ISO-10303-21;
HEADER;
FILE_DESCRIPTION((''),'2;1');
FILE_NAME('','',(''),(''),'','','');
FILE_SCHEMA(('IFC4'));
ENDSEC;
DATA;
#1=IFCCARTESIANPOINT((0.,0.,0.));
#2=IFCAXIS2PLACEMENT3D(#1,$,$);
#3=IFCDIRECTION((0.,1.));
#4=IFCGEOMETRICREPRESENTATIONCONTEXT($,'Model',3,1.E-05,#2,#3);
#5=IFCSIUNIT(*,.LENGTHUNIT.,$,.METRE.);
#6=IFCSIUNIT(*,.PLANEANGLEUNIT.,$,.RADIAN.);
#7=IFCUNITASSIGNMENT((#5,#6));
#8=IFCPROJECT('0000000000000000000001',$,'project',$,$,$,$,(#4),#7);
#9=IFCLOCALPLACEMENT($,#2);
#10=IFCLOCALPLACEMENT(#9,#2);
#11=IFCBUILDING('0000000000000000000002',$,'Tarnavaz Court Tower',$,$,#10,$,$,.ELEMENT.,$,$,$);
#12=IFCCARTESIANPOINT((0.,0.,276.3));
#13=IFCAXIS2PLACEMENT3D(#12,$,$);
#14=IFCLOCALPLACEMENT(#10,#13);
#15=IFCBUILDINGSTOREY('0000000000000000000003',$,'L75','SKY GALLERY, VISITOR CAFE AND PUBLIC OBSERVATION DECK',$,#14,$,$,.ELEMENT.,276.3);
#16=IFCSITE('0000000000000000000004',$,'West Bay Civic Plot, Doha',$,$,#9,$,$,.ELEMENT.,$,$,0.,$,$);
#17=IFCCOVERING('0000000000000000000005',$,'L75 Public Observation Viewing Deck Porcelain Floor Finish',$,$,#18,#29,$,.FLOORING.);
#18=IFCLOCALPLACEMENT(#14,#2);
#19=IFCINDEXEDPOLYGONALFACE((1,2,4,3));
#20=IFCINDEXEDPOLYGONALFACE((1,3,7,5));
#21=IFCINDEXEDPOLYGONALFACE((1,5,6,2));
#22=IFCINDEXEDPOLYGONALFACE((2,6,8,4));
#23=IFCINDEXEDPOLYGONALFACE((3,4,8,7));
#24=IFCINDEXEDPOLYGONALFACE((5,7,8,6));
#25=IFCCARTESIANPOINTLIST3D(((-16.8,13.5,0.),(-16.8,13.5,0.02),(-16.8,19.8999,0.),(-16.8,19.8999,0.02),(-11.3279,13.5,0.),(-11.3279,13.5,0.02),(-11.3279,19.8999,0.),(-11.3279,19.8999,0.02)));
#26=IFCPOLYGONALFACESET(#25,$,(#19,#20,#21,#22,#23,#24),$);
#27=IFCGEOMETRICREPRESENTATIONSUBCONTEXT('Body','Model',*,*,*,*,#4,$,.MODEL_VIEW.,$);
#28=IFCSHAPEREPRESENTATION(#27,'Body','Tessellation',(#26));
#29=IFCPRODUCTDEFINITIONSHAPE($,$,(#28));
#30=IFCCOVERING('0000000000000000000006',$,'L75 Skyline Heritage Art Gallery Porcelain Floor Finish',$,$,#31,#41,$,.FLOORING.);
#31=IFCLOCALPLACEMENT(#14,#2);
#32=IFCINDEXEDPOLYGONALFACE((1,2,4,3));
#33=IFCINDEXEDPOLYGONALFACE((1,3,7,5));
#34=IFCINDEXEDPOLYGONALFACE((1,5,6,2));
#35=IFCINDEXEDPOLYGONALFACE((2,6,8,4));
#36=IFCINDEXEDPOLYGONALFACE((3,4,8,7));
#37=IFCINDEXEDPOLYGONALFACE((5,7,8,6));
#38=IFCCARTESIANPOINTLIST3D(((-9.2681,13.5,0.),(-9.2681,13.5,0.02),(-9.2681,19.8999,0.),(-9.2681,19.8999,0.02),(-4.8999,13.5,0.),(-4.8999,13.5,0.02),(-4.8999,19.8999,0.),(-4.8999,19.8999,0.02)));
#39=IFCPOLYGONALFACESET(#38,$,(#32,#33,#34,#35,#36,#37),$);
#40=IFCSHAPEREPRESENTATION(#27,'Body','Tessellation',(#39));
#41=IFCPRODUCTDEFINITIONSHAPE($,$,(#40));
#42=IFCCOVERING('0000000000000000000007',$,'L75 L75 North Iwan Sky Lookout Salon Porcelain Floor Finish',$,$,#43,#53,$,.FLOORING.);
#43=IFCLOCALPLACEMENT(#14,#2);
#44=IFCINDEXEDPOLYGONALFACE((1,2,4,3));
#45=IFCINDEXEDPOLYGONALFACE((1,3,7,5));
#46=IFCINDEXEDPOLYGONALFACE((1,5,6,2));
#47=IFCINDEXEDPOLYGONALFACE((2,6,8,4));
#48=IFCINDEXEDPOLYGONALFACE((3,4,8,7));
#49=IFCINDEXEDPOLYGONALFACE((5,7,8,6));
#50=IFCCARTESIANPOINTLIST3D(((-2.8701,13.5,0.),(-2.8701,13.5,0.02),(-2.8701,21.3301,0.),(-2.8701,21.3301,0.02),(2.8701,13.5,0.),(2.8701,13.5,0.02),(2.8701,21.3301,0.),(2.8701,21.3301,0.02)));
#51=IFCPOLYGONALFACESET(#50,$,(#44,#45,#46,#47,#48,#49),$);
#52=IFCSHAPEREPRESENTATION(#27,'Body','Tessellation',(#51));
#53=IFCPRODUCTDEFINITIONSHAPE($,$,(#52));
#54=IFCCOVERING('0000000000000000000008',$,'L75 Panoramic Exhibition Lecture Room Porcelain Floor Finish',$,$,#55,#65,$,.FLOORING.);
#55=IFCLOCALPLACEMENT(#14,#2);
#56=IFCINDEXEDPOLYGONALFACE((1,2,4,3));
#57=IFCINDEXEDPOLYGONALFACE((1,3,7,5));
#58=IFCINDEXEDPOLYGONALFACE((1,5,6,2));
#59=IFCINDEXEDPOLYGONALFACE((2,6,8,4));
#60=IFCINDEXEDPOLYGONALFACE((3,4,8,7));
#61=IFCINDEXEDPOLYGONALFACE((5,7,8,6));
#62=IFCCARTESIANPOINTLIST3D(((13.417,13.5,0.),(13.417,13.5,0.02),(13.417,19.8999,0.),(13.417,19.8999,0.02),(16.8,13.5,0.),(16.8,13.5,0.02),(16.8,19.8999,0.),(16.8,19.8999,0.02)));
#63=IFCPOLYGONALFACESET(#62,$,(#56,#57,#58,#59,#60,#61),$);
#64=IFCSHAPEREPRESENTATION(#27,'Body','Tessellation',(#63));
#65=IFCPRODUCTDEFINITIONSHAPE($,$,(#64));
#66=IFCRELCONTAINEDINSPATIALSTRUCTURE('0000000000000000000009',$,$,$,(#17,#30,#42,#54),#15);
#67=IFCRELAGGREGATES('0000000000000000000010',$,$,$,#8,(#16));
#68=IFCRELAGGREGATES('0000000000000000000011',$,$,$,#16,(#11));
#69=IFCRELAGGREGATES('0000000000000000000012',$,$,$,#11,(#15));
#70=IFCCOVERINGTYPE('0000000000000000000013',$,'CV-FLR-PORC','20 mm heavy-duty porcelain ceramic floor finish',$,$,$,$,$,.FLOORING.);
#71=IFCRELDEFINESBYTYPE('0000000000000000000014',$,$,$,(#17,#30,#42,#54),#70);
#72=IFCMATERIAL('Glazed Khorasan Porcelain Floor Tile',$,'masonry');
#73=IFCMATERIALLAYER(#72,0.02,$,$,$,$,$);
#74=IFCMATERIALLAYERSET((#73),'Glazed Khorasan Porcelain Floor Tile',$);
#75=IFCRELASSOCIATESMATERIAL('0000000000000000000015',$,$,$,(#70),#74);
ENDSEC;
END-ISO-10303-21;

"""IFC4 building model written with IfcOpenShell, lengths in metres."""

from ifc_helpers import new_model, si_unit, direction, frame, origin, place, context, subcontext, project, spatial, polyline, outline, extrude, material, layer, layer_set, type_object, element, save


model = new_model("IFC4")

# Units and contexts
model_context = context("Model", 3, precision=1e-05, world=origin(), true_north=direction((0.0, 1.0)))
body_context = subcontext(model_context, "Body", "Model", "MODEL_VIEW")
ifc_project = project(units=[si_unit("LENGTHUNIT", "METRE"), si_unit("PLANEANGLEUNIT", "RADIAN")], contexts=[model_context])

# Site, building, storey
site_placement = place(None, origin())
site = spatial("IfcSite", under=ifc_project, at=site_placement, Name="West Bay Civic Plot, Doha", CompositionType="ELEMENT", RefElevation=0.0)
building_placement = place(site_placement, origin())
building = spatial("IfcBuilding", under=site, at=building_placement, Name="Tarnavaz Court Tower", CompositionType="ELEMENT")
storey_placement = place(building_placement, frame((0.0, 0.0, 276.3)))
storey = spatial("IfcBuildingStorey", under=building, at=storey_placement, Name="L75", Description="SKY GALLERY, VISITOR CAFE AND PUBLIC OBSERVATION DECK", CompositionType="ELEMENT", Elevation=276.3)

# Coverings
ifc_material_1 = material(Name="Glazed Khorasan Porcelain Floor Tile", Category="masonry")
ifc_layer_1 = layer(ifc_material_1, 0.02)
ifc_layer_set_1 = layer_set([ifc_layer_1], Name="Glazed Khorasan Porcelain Floor Tile")
covering_type_1 = type_object("IfcCoveringType", Name="CV-FLR-PORC", Description="20 mm heavy-duty porcelain ceramic floor finish", PredefinedType="FLOORING", material=ifc_layer_set_1)
covering_1_placement = place(storey_placement, origin())
element("IfcCovering", 1, at=covering_1_placement, inside=storey, type_object=covering_type_1, Name="L75 Public Observation Viewing Deck Porcelain Floor Finish", PredefinedType="FLOORING", context=body_context, shape_type="SweptSolid", body=[
    extrude(outline(polyline([(-16.8, 13.5), (-11.3279, 13.5), (-11.3279, 19.8999), (-16.8, 19.8999), (-16.8, 13.5)])), origin(), (0.0, 0.0, 1.0), 0.02),
])
covering_2_placement = place(storey_placement, origin())
element("IfcCovering", 2, at=covering_2_placement, inside=storey, type_object=covering_type_1, Name="L75 Skyline Heritage Art Gallery Porcelain Floor Finish", PredefinedType="FLOORING", context=body_context, shape_type="SweptSolid", body=[
    extrude(outline(polyline([(-9.2681, 13.5), (-4.8999, 13.5), (-4.8999, 19.8999), (-9.2681, 19.8999), (-9.2681, 13.5)])), origin(), (0.0, 0.0, 1.0), 0.02),
])
covering_3_placement = place(storey_placement, origin())
element("IfcCovering", 3, at=covering_3_placement, inside=storey, type_object=covering_type_1, Name="L75 L75 North Iwan Sky Lookout Salon Porcelain Floor Finish", PredefinedType="FLOORING", context=body_context, shape_type="SweptSolid", body=[
    extrude(outline(polyline([(-2.8701, 13.5), (2.8701, 13.5), (2.8701, 21.3301), (-2.8701, 21.3301), (-2.8701, 13.5)])), origin(), (0.0, 0.0, 1.0), 0.02),
])
covering_4_placement = place(storey_placement, origin())
element("IfcCovering", 4, at=covering_4_placement, inside=storey, type_object=covering_type_1, Name="L75 Panoramic Exhibition Lecture Room Porcelain Floor Finish", PredefinedType="FLOORING", context=body_context, shape_type="SweptSolid", body=[
    extrude(outline(polyline([(13.417, 13.5), (16.8, 13.5), (16.8, 19.8999), (13.417, 19.8999), (13.417, 13.5)])), origin(), (0.0, 0.0, 1.0), 0.02),
])

save(model, "model.ifc")
